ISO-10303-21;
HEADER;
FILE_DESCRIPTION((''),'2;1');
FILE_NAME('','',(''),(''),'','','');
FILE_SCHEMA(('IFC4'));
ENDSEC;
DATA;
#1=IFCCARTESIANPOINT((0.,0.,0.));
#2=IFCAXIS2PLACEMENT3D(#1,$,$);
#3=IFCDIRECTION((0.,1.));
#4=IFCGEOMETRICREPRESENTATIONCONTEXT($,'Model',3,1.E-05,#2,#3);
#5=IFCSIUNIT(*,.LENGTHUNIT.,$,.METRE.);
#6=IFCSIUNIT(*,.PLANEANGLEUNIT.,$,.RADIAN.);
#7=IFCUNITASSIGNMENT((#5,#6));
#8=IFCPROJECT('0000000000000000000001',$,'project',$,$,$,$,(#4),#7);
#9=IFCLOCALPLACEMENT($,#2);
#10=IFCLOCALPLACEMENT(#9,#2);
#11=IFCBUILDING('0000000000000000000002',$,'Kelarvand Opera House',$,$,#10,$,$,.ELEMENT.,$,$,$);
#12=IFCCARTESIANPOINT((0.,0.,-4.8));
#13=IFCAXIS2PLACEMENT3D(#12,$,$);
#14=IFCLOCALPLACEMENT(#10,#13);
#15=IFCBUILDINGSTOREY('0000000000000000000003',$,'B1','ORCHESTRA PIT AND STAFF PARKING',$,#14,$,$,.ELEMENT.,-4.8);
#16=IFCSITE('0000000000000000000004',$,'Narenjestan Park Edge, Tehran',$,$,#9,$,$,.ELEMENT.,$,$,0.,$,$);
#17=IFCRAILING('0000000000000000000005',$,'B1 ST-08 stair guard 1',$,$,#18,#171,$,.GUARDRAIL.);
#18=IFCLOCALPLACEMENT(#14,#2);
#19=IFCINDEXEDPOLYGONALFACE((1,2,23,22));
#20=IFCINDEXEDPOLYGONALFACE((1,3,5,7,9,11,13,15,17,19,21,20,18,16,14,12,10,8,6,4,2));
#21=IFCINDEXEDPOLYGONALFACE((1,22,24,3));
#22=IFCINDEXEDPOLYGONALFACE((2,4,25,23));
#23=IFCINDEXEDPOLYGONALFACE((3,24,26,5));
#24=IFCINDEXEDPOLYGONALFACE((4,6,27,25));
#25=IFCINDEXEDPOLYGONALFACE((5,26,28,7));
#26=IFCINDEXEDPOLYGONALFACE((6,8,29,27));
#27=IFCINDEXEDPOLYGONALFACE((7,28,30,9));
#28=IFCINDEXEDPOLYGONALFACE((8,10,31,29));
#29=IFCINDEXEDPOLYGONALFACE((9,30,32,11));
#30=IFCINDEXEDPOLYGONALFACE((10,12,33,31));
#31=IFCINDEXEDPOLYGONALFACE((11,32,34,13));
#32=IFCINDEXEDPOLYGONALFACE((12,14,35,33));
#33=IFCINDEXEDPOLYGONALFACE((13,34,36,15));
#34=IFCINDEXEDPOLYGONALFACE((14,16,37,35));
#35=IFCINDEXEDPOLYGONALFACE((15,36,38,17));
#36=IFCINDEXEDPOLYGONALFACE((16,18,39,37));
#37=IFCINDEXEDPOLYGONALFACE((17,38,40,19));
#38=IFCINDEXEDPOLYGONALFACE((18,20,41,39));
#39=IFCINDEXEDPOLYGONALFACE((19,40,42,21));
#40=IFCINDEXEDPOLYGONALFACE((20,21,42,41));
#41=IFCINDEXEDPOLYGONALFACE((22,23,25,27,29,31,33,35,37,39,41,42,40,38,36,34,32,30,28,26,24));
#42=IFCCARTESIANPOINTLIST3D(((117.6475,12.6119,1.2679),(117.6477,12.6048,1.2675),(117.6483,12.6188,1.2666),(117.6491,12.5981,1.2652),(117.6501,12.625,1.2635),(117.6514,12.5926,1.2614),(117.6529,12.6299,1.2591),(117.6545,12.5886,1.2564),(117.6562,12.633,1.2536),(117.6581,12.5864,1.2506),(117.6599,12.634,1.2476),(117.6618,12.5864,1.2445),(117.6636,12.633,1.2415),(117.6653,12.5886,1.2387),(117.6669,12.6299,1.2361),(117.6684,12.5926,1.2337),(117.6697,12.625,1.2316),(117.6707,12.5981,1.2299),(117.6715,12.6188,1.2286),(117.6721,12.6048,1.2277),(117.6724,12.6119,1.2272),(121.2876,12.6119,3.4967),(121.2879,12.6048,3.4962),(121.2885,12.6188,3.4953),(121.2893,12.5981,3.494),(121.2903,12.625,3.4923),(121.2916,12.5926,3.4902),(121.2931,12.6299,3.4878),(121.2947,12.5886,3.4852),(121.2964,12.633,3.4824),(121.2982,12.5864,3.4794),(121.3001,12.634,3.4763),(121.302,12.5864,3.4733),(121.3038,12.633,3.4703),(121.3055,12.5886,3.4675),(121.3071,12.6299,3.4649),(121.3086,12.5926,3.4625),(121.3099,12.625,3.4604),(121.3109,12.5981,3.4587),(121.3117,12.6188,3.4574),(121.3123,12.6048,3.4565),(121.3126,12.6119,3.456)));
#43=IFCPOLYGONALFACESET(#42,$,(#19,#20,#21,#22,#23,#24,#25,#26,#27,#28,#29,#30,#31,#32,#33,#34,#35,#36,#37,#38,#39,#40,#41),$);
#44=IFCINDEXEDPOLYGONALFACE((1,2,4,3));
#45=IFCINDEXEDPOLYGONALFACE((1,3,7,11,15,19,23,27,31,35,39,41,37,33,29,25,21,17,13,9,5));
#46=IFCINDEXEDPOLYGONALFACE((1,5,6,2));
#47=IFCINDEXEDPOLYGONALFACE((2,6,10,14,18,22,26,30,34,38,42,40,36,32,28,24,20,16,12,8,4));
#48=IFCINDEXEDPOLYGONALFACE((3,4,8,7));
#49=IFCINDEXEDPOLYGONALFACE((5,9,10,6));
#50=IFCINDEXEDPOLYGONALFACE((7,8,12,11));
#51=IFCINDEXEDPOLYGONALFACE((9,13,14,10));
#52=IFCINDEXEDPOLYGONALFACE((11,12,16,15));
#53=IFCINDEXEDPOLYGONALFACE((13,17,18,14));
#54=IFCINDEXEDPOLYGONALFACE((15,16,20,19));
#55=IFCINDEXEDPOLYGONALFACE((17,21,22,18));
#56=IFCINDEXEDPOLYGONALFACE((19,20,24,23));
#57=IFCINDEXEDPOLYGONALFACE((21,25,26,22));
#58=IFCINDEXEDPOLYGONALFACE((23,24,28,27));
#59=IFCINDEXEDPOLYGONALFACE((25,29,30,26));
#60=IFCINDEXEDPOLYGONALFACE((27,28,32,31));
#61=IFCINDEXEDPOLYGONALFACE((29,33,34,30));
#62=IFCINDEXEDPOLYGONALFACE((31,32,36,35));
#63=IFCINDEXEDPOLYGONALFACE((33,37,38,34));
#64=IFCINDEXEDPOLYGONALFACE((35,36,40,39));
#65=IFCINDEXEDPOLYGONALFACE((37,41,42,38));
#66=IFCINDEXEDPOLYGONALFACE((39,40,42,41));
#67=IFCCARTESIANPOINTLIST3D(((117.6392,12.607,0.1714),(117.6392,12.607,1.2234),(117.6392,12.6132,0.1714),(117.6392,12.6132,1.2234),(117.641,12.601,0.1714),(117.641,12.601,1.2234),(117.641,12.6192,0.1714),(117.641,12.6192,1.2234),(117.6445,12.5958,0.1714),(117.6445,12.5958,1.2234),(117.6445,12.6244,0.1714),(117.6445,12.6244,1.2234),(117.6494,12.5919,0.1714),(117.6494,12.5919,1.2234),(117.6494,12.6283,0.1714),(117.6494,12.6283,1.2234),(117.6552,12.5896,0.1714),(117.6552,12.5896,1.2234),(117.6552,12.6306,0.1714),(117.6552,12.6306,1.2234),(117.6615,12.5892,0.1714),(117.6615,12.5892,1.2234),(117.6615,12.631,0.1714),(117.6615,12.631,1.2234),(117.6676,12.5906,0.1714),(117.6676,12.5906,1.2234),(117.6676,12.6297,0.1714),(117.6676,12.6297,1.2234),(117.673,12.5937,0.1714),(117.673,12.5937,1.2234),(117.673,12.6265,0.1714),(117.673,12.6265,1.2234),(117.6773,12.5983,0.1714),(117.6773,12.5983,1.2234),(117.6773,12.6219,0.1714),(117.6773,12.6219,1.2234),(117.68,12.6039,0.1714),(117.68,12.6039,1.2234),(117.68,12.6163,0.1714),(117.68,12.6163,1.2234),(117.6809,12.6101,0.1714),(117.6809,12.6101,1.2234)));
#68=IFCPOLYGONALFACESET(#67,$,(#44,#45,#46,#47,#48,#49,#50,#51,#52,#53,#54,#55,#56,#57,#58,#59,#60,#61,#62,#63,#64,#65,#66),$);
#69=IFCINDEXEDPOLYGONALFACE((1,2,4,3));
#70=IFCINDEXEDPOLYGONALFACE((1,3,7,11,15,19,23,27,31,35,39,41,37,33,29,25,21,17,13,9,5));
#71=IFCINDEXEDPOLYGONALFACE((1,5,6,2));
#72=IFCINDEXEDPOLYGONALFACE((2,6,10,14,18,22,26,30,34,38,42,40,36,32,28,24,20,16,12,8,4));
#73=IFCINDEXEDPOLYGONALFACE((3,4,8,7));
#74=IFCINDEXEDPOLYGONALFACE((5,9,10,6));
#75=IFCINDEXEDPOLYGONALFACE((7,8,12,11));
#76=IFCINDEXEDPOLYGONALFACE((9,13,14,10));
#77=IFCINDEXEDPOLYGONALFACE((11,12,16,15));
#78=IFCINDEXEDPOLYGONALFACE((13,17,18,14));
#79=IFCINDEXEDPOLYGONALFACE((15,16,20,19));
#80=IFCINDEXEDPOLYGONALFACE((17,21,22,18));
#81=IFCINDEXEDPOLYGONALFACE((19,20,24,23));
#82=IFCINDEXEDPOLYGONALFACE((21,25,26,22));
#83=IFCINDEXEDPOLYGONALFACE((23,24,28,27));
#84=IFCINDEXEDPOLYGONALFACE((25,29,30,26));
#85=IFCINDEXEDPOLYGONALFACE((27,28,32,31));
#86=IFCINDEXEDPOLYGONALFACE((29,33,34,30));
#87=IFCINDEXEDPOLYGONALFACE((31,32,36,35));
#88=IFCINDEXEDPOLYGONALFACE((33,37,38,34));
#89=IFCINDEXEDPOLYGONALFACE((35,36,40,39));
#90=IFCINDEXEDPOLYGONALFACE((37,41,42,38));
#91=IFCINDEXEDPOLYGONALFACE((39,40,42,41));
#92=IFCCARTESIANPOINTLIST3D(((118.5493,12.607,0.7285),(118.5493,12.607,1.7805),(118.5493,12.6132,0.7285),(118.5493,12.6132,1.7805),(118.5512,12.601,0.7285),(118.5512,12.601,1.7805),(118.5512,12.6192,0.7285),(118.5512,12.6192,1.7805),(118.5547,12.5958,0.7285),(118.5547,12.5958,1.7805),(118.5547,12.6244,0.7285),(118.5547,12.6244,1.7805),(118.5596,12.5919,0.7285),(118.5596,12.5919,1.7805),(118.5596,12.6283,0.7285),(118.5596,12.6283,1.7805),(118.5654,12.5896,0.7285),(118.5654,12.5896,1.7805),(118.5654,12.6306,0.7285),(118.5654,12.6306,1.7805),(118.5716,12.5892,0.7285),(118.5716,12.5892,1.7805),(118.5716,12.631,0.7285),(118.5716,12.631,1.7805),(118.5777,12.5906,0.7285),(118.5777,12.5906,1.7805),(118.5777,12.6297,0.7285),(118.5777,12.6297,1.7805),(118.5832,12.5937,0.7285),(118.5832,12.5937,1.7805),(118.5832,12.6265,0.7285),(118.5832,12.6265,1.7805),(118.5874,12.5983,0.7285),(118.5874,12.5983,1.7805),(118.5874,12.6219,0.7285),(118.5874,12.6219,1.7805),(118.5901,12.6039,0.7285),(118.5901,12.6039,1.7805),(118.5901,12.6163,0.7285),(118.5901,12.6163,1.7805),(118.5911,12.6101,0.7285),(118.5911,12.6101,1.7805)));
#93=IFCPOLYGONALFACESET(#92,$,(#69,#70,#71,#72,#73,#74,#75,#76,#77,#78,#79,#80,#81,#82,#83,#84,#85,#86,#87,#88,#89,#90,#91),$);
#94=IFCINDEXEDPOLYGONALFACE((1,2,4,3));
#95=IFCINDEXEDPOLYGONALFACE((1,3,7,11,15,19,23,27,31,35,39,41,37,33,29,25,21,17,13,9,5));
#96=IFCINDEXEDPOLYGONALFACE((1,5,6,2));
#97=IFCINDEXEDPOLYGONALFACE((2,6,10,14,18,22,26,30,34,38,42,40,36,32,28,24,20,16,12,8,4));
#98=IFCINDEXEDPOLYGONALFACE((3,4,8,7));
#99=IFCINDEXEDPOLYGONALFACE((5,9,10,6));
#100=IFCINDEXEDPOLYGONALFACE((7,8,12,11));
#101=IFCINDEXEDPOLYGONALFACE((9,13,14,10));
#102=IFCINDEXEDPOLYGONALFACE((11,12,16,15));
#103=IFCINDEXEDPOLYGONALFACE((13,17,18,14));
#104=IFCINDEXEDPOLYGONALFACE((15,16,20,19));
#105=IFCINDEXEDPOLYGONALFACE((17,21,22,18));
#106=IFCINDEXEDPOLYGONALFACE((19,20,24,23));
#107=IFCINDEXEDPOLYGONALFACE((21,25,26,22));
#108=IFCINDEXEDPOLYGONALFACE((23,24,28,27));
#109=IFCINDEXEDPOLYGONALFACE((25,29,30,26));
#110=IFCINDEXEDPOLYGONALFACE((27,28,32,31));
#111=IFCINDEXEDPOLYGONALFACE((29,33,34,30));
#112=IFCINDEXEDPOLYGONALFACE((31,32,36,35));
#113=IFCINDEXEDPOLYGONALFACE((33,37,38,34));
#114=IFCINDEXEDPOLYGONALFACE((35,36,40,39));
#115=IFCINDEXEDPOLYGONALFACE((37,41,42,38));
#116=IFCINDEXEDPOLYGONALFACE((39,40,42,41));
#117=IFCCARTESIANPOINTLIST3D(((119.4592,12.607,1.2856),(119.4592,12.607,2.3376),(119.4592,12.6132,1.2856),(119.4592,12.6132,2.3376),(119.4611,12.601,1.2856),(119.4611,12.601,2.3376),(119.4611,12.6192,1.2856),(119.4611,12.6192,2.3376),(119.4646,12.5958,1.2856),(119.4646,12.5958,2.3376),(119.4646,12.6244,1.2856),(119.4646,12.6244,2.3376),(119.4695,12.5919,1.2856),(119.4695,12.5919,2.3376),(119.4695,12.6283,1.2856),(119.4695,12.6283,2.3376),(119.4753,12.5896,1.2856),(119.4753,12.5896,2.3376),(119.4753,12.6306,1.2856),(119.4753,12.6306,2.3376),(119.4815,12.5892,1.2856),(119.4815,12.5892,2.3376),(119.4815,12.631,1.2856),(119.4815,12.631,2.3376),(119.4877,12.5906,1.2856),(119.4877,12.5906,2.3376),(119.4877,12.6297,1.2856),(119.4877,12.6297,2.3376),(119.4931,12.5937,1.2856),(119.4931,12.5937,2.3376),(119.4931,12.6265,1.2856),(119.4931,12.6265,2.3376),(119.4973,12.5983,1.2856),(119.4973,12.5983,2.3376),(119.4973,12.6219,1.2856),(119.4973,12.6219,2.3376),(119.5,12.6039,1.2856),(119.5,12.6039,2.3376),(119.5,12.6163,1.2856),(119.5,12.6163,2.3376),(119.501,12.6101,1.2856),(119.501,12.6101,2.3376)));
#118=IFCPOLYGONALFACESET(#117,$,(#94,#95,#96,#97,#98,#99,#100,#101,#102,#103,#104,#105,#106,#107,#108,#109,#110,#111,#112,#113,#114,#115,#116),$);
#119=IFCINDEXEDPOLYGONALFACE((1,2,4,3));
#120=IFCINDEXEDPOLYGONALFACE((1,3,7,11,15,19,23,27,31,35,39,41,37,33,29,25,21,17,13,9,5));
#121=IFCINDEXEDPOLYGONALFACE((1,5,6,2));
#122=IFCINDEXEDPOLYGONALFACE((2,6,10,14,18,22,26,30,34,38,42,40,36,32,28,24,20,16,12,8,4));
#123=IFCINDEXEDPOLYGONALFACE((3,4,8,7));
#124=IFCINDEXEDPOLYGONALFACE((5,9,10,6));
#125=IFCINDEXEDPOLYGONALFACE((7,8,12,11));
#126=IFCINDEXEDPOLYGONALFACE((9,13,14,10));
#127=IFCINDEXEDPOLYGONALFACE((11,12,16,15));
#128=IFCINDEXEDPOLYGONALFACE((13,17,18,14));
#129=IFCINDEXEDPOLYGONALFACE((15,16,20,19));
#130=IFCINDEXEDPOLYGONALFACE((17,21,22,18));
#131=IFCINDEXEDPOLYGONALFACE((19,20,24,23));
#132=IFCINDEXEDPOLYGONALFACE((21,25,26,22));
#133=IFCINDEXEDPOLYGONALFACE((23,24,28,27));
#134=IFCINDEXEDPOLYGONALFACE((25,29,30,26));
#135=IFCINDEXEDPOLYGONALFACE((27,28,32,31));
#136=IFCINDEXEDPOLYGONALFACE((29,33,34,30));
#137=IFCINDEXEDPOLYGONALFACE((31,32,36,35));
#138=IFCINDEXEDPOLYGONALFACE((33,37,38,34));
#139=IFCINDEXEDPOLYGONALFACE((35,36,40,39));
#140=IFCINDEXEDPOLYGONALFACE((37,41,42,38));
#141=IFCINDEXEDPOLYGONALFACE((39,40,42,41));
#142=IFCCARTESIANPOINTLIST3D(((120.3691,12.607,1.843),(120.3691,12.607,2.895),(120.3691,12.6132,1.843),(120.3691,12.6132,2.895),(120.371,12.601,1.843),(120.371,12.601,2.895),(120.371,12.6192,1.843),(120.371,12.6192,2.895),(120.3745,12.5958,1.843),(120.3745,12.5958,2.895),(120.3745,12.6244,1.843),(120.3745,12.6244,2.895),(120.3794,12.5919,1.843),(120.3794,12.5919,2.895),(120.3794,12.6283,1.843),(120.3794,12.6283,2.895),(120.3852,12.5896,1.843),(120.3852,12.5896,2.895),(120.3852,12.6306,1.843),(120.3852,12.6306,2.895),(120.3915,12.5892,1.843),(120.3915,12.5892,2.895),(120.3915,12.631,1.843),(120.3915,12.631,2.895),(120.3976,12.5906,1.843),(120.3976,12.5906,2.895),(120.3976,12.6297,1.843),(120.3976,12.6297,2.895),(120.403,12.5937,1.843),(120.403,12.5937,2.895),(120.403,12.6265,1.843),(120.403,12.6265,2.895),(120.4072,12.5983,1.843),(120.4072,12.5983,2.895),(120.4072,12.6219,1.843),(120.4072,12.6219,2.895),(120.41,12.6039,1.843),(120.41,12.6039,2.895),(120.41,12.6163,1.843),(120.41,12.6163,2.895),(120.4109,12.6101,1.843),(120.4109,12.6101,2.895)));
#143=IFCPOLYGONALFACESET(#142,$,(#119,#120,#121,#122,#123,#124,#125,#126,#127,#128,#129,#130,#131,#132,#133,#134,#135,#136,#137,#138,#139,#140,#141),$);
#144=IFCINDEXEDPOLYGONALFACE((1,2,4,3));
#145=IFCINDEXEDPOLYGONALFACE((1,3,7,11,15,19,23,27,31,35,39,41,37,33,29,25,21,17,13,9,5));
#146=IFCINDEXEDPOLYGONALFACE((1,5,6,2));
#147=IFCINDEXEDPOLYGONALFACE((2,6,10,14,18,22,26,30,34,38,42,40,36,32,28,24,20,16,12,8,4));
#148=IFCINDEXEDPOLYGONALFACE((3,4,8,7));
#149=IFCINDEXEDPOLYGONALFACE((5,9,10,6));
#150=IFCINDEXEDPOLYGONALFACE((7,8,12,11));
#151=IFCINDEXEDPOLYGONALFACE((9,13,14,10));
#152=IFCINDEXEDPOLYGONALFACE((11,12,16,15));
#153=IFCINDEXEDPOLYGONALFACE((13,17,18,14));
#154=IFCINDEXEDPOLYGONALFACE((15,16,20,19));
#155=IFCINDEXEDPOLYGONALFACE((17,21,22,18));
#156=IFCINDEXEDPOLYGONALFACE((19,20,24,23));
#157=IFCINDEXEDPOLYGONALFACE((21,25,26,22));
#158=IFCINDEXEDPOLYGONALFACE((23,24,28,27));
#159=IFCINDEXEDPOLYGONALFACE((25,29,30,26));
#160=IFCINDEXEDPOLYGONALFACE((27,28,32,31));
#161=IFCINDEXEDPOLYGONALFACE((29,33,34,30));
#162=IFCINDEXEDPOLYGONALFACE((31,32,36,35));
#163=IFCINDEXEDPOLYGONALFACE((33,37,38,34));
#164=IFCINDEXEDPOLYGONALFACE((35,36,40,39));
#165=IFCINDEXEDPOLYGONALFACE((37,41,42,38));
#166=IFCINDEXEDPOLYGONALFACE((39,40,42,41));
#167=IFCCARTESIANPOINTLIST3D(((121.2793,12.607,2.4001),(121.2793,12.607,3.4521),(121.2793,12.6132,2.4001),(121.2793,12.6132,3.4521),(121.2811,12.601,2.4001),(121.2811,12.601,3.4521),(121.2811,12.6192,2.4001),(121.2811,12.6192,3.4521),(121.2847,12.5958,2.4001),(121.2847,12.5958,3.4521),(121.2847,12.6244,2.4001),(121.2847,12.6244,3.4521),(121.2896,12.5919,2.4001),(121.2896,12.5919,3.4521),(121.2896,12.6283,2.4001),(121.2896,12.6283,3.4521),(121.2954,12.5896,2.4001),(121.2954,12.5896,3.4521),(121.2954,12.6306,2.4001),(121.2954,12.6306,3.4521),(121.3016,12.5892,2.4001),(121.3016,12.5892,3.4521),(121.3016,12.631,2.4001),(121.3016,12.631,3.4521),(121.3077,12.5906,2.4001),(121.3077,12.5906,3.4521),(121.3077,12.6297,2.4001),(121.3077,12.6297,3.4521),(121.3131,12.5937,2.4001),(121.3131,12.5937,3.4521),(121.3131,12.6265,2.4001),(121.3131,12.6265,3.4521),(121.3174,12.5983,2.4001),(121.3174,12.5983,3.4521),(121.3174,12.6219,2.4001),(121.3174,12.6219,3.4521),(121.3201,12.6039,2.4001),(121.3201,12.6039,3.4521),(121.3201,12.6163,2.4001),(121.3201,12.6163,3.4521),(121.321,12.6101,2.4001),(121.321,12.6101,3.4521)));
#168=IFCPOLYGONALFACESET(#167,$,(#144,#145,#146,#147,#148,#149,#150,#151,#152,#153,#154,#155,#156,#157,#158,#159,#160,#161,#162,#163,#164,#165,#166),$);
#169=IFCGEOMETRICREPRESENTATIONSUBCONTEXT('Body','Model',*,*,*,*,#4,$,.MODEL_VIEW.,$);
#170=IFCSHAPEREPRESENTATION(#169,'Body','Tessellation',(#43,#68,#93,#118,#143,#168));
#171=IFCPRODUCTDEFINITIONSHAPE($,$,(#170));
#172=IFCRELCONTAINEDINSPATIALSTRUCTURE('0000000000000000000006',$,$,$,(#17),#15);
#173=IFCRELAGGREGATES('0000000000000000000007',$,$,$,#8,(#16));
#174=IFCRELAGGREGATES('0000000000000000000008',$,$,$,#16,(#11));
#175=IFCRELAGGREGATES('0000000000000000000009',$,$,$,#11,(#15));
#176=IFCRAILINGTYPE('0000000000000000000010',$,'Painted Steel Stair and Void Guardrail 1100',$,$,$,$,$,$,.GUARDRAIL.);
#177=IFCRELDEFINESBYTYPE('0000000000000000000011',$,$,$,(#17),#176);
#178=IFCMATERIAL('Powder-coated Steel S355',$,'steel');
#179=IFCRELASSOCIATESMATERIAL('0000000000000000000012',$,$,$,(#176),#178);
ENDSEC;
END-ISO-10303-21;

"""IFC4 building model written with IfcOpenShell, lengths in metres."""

from ifc_helpers import new_model, si_unit, direction, frame, origin, origin_2d, place, context, subcontext, project, spatial, circle, extrude, material, type_object, element, save


model = new_model("IFC4")

# Units and contexts
model_context = context("Model", 3, precision=1e-05, world=origin(), true_north=direction((0.0, 1.0)))
body_context = subcontext(model_context, "Body", "Model", "MODEL_VIEW")
ifc_project = project(units=[si_unit("LENGTHUNIT", "METRE"), si_unit("PLANEANGLEUNIT", "RADIAN")], contexts=[model_context])

# Site, building, storey
site_placement = place(None, origin())
site = spatial("IfcSite", under=ifc_project, at=site_placement, Name="Narenjestan Park Edge, Tehran", CompositionType="ELEMENT", RefElevation=0.0)
building_placement = place(site_placement, origin())
building = spatial("IfcBuilding", under=site, at=building_placement, Name="Kelarvand Opera House", CompositionType="ELEMENT")
storey_placement = place(building_placement, frame((0.0, 0.0, -4.8)))
storey = spatial("IfcBuildingStorey", under=building, at=storey_placement, Name="B1", Description="ORCHESTRA PIT AND STAFF PARKING", CompositionType="ELEMENT", Elevation=-4.8)

# Railing
ifc_material_1 = material(Name="Powder-coated Steel S355", Category="steel")
railing_type_1 = type_object("IfcRailingType", Name="Painted Steel Stair and Void Guardrail 1100", PredefinedType="GUARDRAIL", material=ifc_material_1)
railing_1_placement = place(storey_placement, frame((117.6599, 12.6101, 0.1714)))
element("IfcRailing", 1, at=railing_1_placement, inside=storey, type_object=railing_type_1, Name="B1 ST-08 stair guard 1", PredefinedType="GUARDRAIL", context=body_context, shape_type="SweptSolid", body=[
    extrude(circle(Radius=0.0239, at=origin_2d()), frame((0.0, 0.0, 1.0762), z_axis=(0.85284, 0.0, 0.522172), x_axis=(0.0, 1.0, 0.0)), (0.0, 0.0, 1.0), 4.2683),
    extrude(circle(Radius=0.021, at=origin_2d()), origin(), (0.0, 0.0, 1.0), 1.052),
    extrude(circle(Radius=0.021, at=origin_2d()), frame((0.9102, 0.0, 0.5571)), (0.0, 0.0, 1.0), 1.052),
    extrude(circle(Radius=0.021, at=origin_2d()), frame((1.8201, 0.0, 1.1143)), (0.0, 0.0, 1.0), 1.052),
    extrude(circle(Radius=0.021, at=origin_2d()), frame((2.73, 0.0, 1.6716)), (0.0, 0.0, 1.0), 1.052),
    extrude(circle(Radius=0.021, at=origin_2d()), frame((3.6401, 0.0, 2.2288)), (0.0, 0.0, 1.0), 1.052),
])

save(model, "model.ifc")
